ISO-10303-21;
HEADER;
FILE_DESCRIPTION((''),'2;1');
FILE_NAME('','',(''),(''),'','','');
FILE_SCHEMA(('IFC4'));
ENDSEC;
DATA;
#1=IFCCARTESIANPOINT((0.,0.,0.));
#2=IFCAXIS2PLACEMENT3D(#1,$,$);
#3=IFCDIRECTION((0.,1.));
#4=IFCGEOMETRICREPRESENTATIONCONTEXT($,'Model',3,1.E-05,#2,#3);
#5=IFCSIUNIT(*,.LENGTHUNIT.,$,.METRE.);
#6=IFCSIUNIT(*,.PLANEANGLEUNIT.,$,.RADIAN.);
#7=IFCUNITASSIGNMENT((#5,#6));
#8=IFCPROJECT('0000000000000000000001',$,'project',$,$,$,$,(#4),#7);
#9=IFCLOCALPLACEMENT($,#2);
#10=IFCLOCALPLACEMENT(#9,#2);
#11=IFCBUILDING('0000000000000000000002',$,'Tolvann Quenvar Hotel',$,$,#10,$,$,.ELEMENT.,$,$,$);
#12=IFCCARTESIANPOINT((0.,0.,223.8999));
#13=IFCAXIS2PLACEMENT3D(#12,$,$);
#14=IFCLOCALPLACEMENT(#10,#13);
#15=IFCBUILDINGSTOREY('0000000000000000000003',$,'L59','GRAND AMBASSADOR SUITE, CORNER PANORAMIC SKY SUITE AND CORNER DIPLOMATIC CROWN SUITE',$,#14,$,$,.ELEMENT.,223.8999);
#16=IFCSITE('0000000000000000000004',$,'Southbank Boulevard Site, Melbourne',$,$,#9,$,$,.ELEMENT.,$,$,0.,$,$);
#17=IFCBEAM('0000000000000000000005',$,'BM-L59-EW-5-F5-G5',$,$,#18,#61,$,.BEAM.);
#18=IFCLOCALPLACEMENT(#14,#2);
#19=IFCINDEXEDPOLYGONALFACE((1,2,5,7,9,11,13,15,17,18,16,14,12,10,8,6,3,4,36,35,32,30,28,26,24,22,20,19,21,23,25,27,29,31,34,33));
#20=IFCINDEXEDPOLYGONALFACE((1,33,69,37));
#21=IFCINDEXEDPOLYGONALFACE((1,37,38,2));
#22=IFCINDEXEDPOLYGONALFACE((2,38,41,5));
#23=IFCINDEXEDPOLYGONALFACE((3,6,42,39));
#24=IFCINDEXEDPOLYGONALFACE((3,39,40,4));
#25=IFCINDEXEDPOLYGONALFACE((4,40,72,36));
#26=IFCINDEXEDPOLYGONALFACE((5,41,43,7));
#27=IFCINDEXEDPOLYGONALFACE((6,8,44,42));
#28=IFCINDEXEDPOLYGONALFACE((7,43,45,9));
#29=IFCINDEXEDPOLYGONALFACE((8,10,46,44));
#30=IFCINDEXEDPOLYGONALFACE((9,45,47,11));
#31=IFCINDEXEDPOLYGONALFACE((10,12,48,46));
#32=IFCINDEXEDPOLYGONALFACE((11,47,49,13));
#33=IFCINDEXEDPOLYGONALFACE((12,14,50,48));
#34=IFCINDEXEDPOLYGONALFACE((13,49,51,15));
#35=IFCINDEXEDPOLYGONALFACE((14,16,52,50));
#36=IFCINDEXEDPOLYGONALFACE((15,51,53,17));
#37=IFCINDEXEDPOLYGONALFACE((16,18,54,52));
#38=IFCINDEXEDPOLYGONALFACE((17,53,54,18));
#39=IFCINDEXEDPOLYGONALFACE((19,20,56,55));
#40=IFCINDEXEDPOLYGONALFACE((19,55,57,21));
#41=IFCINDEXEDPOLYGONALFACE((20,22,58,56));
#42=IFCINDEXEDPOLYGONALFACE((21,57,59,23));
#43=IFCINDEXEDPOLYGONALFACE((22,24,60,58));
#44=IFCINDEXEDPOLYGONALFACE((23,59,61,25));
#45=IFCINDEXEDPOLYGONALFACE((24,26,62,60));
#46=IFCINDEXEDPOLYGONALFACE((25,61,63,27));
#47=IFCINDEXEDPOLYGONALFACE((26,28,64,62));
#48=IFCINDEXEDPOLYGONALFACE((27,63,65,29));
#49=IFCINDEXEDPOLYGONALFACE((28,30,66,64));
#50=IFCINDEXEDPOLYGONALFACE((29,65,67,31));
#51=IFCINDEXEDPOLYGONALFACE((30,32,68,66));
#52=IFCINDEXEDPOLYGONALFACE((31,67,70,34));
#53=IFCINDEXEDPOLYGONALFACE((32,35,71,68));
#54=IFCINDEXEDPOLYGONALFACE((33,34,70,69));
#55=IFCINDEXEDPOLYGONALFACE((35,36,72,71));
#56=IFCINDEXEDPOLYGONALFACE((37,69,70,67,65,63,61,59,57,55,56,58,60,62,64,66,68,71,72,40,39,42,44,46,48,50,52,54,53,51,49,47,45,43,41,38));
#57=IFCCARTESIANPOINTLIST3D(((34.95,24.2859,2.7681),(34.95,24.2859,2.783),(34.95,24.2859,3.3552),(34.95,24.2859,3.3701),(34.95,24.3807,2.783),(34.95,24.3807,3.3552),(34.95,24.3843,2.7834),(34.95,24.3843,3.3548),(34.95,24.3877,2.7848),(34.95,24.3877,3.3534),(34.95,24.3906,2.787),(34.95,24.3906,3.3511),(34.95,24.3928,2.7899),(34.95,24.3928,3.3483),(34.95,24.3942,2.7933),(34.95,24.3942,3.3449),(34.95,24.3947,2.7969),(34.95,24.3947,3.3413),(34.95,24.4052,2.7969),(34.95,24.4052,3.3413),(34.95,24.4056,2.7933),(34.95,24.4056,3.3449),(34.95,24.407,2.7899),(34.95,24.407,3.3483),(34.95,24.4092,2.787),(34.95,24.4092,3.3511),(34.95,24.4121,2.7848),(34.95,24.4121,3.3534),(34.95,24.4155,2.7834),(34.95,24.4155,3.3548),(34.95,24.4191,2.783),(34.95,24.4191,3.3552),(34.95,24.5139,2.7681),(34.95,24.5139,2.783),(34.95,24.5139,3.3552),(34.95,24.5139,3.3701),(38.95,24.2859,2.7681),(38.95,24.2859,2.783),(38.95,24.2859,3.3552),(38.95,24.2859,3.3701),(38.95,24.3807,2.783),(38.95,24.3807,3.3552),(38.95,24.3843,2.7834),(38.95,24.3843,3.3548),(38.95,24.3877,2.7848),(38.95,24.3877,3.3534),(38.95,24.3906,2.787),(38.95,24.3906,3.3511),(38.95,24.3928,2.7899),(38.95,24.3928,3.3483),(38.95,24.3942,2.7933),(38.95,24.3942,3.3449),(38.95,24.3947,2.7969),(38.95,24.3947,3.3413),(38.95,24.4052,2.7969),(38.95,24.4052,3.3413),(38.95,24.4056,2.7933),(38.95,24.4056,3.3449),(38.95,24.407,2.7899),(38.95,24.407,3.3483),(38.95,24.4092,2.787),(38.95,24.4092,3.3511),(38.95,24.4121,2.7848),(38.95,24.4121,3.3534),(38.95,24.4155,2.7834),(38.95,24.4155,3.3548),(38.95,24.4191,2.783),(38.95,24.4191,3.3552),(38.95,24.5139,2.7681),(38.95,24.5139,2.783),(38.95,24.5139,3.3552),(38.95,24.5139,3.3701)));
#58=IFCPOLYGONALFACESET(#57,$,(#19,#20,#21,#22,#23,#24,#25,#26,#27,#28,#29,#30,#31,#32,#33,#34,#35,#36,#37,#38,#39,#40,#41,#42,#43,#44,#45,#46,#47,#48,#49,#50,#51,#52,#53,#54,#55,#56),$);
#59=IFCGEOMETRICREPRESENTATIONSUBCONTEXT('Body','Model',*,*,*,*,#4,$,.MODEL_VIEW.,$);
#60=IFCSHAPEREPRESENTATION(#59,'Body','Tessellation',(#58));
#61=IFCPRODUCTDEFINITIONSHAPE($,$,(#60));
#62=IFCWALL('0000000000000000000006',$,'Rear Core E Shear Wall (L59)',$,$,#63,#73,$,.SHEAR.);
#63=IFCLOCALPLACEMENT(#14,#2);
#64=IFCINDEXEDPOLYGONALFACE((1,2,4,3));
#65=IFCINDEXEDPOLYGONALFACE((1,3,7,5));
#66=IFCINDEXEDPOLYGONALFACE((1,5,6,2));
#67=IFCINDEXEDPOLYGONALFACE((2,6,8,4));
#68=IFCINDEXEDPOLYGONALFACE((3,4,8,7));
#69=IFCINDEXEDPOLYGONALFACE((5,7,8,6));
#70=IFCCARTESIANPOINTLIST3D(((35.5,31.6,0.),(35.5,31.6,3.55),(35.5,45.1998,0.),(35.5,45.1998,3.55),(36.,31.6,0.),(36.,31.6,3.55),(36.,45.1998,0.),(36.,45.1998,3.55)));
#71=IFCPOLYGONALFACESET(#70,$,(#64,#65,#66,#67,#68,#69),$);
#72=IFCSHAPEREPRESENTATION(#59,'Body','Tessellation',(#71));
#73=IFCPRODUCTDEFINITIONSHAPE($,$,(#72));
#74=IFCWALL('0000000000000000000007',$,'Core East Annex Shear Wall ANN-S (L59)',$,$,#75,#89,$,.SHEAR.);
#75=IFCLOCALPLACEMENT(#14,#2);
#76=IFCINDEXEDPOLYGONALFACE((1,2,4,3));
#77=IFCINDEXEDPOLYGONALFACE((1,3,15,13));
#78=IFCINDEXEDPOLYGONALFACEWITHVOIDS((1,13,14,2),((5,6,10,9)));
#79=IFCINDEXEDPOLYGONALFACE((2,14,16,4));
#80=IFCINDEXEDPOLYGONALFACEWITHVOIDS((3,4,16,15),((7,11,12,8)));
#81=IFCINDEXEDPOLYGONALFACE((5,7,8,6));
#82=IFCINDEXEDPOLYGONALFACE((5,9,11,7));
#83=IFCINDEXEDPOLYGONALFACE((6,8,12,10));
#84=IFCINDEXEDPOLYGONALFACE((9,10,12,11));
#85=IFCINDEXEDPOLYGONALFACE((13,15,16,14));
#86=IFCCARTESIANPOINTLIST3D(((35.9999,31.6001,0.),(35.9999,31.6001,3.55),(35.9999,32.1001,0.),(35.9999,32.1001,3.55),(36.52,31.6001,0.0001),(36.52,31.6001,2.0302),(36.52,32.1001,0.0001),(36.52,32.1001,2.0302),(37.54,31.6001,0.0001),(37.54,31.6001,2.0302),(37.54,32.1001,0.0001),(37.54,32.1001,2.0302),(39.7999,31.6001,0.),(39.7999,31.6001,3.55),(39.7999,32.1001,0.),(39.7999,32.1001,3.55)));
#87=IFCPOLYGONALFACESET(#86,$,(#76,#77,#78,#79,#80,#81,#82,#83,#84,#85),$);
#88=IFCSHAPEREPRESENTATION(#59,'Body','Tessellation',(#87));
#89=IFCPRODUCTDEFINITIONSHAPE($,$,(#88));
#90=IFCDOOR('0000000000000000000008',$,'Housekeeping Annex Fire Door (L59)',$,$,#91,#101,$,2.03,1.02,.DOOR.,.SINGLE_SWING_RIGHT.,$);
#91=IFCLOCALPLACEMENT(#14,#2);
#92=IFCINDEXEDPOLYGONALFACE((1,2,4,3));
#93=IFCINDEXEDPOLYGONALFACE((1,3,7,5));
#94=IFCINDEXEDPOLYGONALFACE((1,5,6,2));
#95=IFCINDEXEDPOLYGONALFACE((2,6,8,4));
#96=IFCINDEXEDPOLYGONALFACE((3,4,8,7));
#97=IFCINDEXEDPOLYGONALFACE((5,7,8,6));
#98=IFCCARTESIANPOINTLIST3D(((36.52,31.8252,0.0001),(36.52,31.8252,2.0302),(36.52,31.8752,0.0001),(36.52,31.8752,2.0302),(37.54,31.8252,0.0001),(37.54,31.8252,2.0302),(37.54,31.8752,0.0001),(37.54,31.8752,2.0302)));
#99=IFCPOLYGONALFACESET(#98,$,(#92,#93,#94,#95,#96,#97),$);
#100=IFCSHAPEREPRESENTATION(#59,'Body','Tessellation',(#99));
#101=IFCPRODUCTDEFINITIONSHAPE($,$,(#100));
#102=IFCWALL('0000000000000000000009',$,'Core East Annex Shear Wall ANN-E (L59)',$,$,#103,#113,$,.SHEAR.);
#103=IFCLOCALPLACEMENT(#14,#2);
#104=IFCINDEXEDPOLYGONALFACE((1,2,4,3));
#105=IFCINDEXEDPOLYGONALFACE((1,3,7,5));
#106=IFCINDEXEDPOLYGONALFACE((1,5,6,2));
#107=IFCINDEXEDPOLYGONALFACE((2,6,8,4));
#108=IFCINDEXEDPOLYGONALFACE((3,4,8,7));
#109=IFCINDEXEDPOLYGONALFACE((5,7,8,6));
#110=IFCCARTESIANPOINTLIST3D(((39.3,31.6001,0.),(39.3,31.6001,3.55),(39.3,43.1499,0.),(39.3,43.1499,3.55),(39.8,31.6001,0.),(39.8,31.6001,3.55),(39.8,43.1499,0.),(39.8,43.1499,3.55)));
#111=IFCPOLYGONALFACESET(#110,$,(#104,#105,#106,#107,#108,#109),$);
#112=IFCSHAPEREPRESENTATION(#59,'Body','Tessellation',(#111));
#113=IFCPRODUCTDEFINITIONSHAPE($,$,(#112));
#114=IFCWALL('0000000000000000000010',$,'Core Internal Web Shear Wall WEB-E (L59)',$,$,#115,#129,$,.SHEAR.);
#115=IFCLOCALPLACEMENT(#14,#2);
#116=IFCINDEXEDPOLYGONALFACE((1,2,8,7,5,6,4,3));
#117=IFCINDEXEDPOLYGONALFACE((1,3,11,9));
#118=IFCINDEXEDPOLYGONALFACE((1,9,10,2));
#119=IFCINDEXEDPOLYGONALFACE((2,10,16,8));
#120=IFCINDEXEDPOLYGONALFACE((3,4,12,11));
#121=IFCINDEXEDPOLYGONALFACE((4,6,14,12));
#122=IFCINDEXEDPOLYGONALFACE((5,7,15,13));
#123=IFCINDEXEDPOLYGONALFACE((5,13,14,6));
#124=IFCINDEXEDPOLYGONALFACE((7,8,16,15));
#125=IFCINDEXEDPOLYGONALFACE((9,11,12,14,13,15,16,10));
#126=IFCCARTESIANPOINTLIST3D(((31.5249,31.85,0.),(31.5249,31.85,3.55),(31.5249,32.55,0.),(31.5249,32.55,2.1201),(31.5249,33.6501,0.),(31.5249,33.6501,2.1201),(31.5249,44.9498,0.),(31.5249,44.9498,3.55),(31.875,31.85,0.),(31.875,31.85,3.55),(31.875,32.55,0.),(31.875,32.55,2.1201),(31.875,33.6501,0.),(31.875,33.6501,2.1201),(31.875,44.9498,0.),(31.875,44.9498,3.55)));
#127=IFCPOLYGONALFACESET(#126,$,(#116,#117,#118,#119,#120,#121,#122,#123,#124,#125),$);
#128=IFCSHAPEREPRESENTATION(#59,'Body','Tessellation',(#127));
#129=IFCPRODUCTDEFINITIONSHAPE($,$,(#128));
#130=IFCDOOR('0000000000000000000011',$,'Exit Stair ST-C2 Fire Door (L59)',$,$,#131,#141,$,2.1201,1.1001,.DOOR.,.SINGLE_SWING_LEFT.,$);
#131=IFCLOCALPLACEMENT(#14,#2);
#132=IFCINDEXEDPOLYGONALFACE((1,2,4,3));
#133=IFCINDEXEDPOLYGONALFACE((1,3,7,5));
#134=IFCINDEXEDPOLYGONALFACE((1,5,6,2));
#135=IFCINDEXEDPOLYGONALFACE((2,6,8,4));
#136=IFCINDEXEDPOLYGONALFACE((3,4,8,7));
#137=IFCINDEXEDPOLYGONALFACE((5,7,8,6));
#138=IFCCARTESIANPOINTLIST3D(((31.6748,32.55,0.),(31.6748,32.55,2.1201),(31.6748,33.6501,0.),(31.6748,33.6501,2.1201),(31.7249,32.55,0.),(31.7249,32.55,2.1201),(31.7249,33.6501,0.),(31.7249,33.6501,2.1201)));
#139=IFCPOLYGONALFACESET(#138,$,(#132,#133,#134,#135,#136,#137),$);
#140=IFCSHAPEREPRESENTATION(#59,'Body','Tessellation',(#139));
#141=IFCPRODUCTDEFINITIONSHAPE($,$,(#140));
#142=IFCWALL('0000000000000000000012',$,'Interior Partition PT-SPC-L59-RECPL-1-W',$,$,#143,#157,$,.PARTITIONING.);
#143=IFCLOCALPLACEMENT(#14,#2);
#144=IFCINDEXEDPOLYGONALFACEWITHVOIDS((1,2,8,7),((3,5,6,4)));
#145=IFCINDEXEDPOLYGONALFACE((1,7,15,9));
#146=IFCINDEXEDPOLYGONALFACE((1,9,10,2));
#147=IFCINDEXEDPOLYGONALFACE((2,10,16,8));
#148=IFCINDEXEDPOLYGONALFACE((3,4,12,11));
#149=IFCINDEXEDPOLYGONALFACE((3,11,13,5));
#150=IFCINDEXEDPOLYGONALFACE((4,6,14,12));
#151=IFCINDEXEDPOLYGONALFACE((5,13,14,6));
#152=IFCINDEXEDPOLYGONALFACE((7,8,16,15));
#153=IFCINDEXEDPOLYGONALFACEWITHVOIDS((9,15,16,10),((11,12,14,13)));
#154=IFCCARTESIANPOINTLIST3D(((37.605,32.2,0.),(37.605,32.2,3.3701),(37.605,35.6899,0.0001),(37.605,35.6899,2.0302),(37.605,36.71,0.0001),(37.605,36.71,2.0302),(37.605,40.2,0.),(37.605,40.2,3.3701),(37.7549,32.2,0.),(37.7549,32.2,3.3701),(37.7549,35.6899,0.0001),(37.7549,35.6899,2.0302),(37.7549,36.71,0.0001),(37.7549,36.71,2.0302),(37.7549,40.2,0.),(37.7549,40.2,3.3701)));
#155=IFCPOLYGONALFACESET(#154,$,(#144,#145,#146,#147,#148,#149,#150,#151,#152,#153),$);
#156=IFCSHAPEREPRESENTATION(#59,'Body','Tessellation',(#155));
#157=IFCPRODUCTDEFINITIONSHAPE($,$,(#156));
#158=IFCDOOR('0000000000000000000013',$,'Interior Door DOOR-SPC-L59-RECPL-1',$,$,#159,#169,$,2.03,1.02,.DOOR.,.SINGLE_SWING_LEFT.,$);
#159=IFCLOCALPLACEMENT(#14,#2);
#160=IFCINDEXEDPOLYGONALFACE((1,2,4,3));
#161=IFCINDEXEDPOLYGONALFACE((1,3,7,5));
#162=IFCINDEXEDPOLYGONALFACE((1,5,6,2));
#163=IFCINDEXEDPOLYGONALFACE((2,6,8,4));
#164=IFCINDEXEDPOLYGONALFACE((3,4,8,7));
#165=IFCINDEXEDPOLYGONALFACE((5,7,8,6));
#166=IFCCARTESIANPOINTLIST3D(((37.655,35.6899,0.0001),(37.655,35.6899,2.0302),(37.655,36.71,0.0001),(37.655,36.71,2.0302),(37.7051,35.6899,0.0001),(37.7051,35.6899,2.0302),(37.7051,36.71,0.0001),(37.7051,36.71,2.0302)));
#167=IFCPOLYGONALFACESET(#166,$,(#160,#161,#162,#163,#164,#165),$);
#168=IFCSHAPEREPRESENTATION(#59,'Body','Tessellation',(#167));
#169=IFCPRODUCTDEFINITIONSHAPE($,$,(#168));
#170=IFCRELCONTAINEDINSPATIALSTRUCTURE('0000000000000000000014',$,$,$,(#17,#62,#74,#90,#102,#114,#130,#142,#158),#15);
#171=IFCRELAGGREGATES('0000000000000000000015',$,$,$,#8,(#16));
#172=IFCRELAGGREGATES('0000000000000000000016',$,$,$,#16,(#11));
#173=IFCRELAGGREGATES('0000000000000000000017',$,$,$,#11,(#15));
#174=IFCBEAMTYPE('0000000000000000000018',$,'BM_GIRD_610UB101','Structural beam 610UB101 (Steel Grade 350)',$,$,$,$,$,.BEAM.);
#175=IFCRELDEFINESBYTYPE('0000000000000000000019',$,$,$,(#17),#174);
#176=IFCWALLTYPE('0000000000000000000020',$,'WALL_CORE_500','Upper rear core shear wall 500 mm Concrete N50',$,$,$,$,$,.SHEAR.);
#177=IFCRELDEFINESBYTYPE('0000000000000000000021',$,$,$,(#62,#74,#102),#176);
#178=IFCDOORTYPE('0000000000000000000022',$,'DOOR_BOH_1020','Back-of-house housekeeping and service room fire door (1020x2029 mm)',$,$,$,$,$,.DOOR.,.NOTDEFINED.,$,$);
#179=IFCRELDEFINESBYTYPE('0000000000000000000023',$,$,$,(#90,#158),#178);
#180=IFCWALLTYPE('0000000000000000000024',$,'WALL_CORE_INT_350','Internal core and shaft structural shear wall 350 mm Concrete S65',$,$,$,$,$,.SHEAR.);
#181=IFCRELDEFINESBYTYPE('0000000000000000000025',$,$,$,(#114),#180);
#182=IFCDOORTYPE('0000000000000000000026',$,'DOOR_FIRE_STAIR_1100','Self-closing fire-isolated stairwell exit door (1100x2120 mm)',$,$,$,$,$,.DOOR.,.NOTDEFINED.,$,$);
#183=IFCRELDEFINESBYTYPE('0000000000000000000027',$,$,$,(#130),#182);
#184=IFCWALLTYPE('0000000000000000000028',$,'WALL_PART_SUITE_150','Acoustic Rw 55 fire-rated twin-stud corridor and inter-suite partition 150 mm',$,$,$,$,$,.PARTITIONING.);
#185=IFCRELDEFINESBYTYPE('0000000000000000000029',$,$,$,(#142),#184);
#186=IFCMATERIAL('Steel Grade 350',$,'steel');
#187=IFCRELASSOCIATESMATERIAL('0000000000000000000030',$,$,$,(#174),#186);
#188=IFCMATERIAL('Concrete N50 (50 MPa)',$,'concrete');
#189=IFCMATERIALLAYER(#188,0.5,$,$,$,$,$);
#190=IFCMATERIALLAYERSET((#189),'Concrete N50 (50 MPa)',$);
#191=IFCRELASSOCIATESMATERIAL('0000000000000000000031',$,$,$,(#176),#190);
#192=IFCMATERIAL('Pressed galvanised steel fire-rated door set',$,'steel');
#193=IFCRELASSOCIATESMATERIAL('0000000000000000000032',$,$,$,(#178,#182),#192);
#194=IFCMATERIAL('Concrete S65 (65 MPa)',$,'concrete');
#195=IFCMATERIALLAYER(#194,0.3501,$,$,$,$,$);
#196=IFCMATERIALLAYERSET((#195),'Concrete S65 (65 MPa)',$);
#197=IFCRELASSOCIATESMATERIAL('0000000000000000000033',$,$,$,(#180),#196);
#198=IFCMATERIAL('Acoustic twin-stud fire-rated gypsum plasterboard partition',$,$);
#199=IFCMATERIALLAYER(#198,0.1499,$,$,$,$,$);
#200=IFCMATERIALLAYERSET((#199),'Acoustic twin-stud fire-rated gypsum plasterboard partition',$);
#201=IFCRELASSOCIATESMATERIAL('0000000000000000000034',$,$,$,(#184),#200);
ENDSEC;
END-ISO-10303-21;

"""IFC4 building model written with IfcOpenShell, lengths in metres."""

from ifc_helpers import new_model, si_unit, direction, frame, frame_2d, origin, origin_2d, place, context, subcontext, project, spatial, rectangle, i_section, extrude, source, transform, mapped, material, layer, layer_set, material_profile, profile_set, type_object, type_shapes, element, fill, save


model = new_model("IFC4")

# Units and contexts
model_context = context("Model", 3, precision=1e-05, world=origin(), true_north=direction((0.0, 1.0)))
body_context = subcontext(model_context, "Body", "Model", "MODEL_VIEW")
ifc_project = project(units=[si_unit("LENGTHUNIT", "METRE"), si_unit("PLANEANGLEUNIT", "RADIAN")], contexts=[model_context])

# Site, building, storey
site_placement = place(None, origin())
site = spatial("IfcSite", under=ifc_project, at=site_placement, Name="Southbank Boulevard Site, Melbourne", CompositionType="ELEMENT", RefElevation=0.0)
building_placement = place(site_placement, origin())
building = spatial("IfcBuilding", under=site, at=building_placement, Name="Tolvann Quenvar Hotel", CompositionType="ELEMENT")
storey_placement = place(building_placement, frame((0.0, 0.0, 223.8999)))
storey = spatial("IfcBuildingStorey", under=building, at=storey_placement, Name="L59", Description="GRAND AMBASSADOR SUITE, CORNER PANORAMIC SKY SUITE AND CORNER DIPLOMATIC CROWN SUITE", CompositionType="ELEMENT", Elevation=223.8999)

# Beam
ifc_material_1 = material(Name="Steel Grade 350", Category="steel")
ifc_material_profile_1 = material_profile(ifc_material_1, i_section(OverallWidth=0.228, OverallDepth=0.6021, WebThickness=0.0105, FlangeThickness=0.0149, FilletRadius=0.0139, at=origin_2d()), Name="610UB101")
ifc_profile_set_1 = profile_set([ifc_material_profile_1], Name="Steel Grade 350")
beam_type_1 = type_object("IfcBeamType", Name="BM_GIRD_610UB101", Description="Structural beam 610UB101 (Steel Grade 350)", PredefinedType="BEAM", material=ifc_profile_set_1)
shared_shape_1 = source(origin(), body_context, "Body", "SweptSolid", [
    extrude(i_section(OverallWidth=0.228, OverallDepth=0.6021, WebThickness=0.0105, FlangeThickness=0.0149, FilletRadius=0.0139, at=origin_2d()), origin(), (0.0, 0.0, 1.0), 4.0),
])
beam_1_placement = place(storey_placement, frame((34.95, 24.3999, 3.0691), z_axis=(1.0, 0.0, 0.0), x_axis=(0.0, 1.0, 0.0)))
element("IfcBeam", 1, at=beam_1_placement, inside=storey, type_object=beam_type_1, Name="BM-L59-EW-5-F5-G5", PredefinedType="BEAM", context=body_context, shape_type="MappedRepresentation", body=[
    mapped(shared_shape_1, transform((0.0, 0.0, 0.0), x_axis=(1.0, 0.0, 0.0), y_axis=(0.0, 1.0, 0.0), z_axis=(0.0, 0.0, 1.0), scale=1.0)),
])

# Wall
ifc_material_2 = material(Name="Concrete N50 (50 MPa)", Category="concrete")
ifc_layer_1 = layer(ifc_material_2, 0.5)
ifc_layer_set_1 = layer_set([ifc_layer_1], Name="Concrete N50 (50 MPa)")
wall_type_1 = type_object("IfcWallType", Name="WALL_CORE_500", Description="Upper rear core shear wall 500 mm Concrete N50", PredefinedType="SHEAR", material=ifc_layer_set_1)
wall_1_placement = place(storey_placement, frame((35.75, 31.6001, 0.0), z_axis=(0.0, 0.0, 1.0), x_axis=(0.0, 1.0, 0.0)))
element("IfcWall", 2, at=wall_1_placement, inside=storey, type_object=wall_type_1, Name="Rear Core E Shear Wall (L59)", PredefinedType="SHEAR", context=body_context, shape_type="SweptSolid", body=[
    extrude(rectangle(XDim=13.5999, YDim=0.5, at=frame_2d((6.7998, 0.0))), origin(), (0.0, 0.0, 1.0), 3.55),
])

# Wall, opening, door
wall_2_placement = place(storey_placement, frame((36.0, 31.8501, 0.0), z_axis=(0.0, 0.0, 1.0), x_axis=(1.0, 0.0, 0.0)))
wall_2 = element("IfcWall", 3, at=wall_2_placement, inside=storey, type_object=wall_type_1, Name="Core East Annex Shear Wall ANN-S (L59)", PredefinedType="SHEAR", context=body_context, shape_type="SweptSolid", body=[
    extrude(rectangle(XDim=3.8, YDim=0.5, at=frame_2d((1.8999, 0.0))), origin(), (0.0, 0.0, 1.0), 3.55),
])
opening_1_placement = place(wall_2_placement, frame((1.54, 0.0, 0.0), z_axis=(0.0, 0.0, 1.0), x_axis=(-1.0, 0.0, 0.0)))
opening_1 = element("IfcOpeningElement", 4, at=opening_1_placement, cuts=wall_2, PredefinedType="OPENING", context=body_context, shape_type="SweptSolid", body=[
    extrude(rectangle(XDim=1.02, YDim=2.03, at=frame_2d((0.51, 1.0151))), frame((0.0, 0.26, 0.0), z_axis=(0.0, -1.0, 0.0), x_axis=(1.0, 0.0, 0.0)), (0.0, 0.0, 1.0), 0.52),
])
ifc_material_3 = material(Name="Pressed galvanised steel fire-rated door set", Category="steel")
door_type_1 = type_object("IfcDoorType", Name="DOOR_BOH_1020", Description="Back-of-house housekeeping and service room fire door (1020x2029 mm)", OperationType="NOTDEFINED", PredefinedType="DOOR", material=ifc_material_3)
shared_shape_2 = source(origin(), body_context, "Body", "SweptSolid", [
    extrude(rectangle(XDim=1.02, YDim=2.03, at=frame_2d((0.51, 1.0151))), frame((0.0, 0.0249, 0.0), z_axis=(0.0, -1.0, 0.0), x_axis=(1.0, 0.0, 0.0)), (0.0, 0.0, 1.0), 0.05),
])
type_shapes(door_type_1, [shared_shape_2])
door_1_placement = place(opening_1_placement, origin())
door_1 = element("IfcDoor", 5, at=door_1_placement, inside=storey, type_object=door_type_1, Name="Housekeeping Annex Fire Door (L59)", OperationType="SINGLE_SWING_RIGHT", OverallHeight=2.03, OverallWidth=1.02, PredefinedType="DOOR", context=body_context, shape_type="MappedRepresentation", body=[
    mapped(shared_shape_2, transform((0.0, 0.0, 0.0), x_axis=(1.0, 0.0, 0.0), y_axis=(0.0, 1.0, 0.0), z_axis=(0.0, 0.0, 1.0), scale=1.0)),
])
fill(opening_1, door_1)

# Wall
wall_3_placement = place(storey_placement, frame((39.55, 31.6001, 0.0), z_axis=(0.0, 0.0, 1.0), x_axis=(0.0, 1.0, 0.0)))
element("IfcWall", 6, at=wall_3_placement, inside=storey, type_object=wall_type_1, Name="Core East Annex Shear Wall ANN-E (L59)", PredefinedType="SHEAR", context=body_context, shape_type="SweptSolid", body=[
    extrude(rectangle(XDim=11.5498, YDim=0.5, at=frame_2d((5.7749, 0.0))), origin(), (0.0, 0.0, 1.0), 3.55),
])

# Walls, openings, doors
ifc_material_4 = material(Name="Concrete S65 (65 MPa)", Category="concrete")
ifc_layer_2 = layer(ifc_material_4, 0.3501)
ifc_layer_set_2 = layer_set([ifc_layer_2], Name="Concrete S65 (65 MPa)")
wall_type_2 = type_object("IfcWallType", Name="WALL_CORE_INT_350", Description="Internal core and shaft structural shear wall 350 mm Concrete S65", PredefinedType="SHEAR", material=ifc_layer_set_2)
wall_4_placement = place(storey_placement, frame((31.7, 31.8501, 0.0), z_axis=(0.0, 0.0, 1.0), x_axis=(0.0, 1.0, 0.0)))
wall_4 = element("IfcWall", 7, at=wall_4_placement, inside=storey, type_object=wall_type_2, Name="Core Internal Web Shear Wall WEB-E (L59)", PredefinedType="SHEAR", context=body_context, shape_type="SweptSolid", body=[
    extrude(rectangle(XDim=13.0999, YDim=0.3501, at=frame_2d((6.5498, 0.0))), origin(), (0.0, 0.0, 1.0), 3.55),
])
opening_2_placement = place(wall_4_placement, frame((1.8, 0.0, 0.0), z_axis=(0.0, 0.0, 1.0), x_axis=(-1.0, 0.0, 0.0)))
opening_2 = element("IfcOpeningElement", 8, at=opening_2_placement, cuts=wall_4, PredefinedType="OPENING", context=body_context, shape_type="SweptSolid", body=[
    extrude(rectangle(XDim=1.1001, YDim=2.1201, at=frame_2d((0.55, 1.0601))), frame((0.0, 0.1851, 0.0), z_axis=(0.0, -1.0, 0.0), x_axis=(1.0, 0.0, 0.0)), (0.0, 0.0, 1.0), 0.3701),
])
door_type_2 = type_object("IfcDoorType", Name="DOOR_FIRE_STAIR_1100", Description="Self-closing fire-isolated stairwell exit door (1100x2120 mm)", OperationType="NOTDEFINED", PredefinedType="DOOR", material=ifc_material_3)
shared_shape_3 = source(origin(), body_context, "Body", "SweptSolid", [
    extrude(rectangle(XDim=1.1001, YDim=2.1201, at=frame_2d((0.55, 1.0601))), frame((0.0, 0.0249, 0.0), z_axis=(0.0, -1.0, 0.0), x_axis=(1.0, 0.0, 0.0)), (0.0, 0.0, 1.0), 0.05),
])
type_shapes(door_type_2, [shared_shape_3])
door_2_placement = place(opening_2_placement, origin())
door_2 = element("IfcDoor", 9, at=door_2_placement, inside=storey, type_object=door_type_2, Name="Exit Stair ST-C2 Fire Door (L59)", OperationType="SINGLE_SWING_LEFT", OverallHeight=2.1201, OverallWidth=1.1001, PredefinedType="DOOR", context=body_context, shape_type="MappedRepresentation", body=[
    mapped(shared_shape_3, transform((0.0, 0.0, 0.0), x_axis=(1.0, 0.0, 0.0), y_axis=(0.0, 1.0, 0.0), z_axis=(0.0, 0.0, 1.0), scale=1.0)),
])
fill(opening_2, door_2)
ifc_material_5 = material(Name="Acoustic twin-stud fire-rated gypsum plasterboard partition")
ifc_layer_3 = layer(ifc_material_5, 0.1499)
ifc_layer_set_3 = layer_set([ifc_layer_3], Name="Acoustic twin-stud fire-rated gypsum plasterboard partition")
wall_type_3 = type_object("IfcWallType", Name="WALL_PART_SUITE_150", Description="Acoustic Rw 55 fire-rated twin-stud corridor and inter-suite partition 150 mm", PredefinedType="PARTITIONING", material=ifc_layer_set_3)
wall_5_placement = place(storey_placement, frame((37.6799, 32.2, 0.0), z_axis=(0.0, 0.0, 1.0), x_axis=(0.0, 1.0, 0.0)))
wall_5 = element("IfcWall", 10, at=wall_5_placement, inside=storey, type_object=wall_type_3, Name="Interior Partition PT-SPC-L59-RECPL-1-W", PredefinedType="PARTITIONING", context=body_context, shape_type="SweptSolid", body=[
    extrude(rectangle(XDim=8.0, YDim=0.1499, at=frame_2d((4.0, 0.0))), origin(), (0.0, 0.0, 1.0), 3.3701),
])
opening_3_placement = place(wall_5_placement, frame((3.49, 0.0, 0.0)))
opening_3 = element("IfcOpeningElement", 11, at=opening_3_placement, cuts=wall_5, PredefinedType="OPENING", context=body_context, shape_type="SweptSolid", body=[
    extrude(rectangle(XDim=1.02, YDim=2.03, at=frame_2d((0.51, 1.0151))), frame((0.0, 0.085, 0.0), z_axis=(0.0, -1.0, 0.0), x_axis=(1.0, 0.0, 0.0)), (0.0, 0.0, 1.0), 0.1699),
])
door_3_placement = place(opening_3_placement, origin())
door_3 = element("IfcDoor", 12, at=door_3_placement, inside=storey, type_object=door_type_1, Name="Interior Door DOOR-SPC-L59-RECPL-1", OperationType="SINGLE_SWING_LEFT", OverallHeight=2.03, OverallWidth=1.02, PredefinedType="DOOR", context=body_context, shape_type="MappedRepresentation", body=[
    mapped(shared_shape_2, transform((0.0, 0.0, 0.0), x_axis=(1.0, 0.0, 0.0), y_axis=(0.0, 1.0, 0.0), z_axis=(0.0, 0.0, 1.0), scale=1.0)),
])
fill(opening_3, door_3)

save(model, "model.ifc")
